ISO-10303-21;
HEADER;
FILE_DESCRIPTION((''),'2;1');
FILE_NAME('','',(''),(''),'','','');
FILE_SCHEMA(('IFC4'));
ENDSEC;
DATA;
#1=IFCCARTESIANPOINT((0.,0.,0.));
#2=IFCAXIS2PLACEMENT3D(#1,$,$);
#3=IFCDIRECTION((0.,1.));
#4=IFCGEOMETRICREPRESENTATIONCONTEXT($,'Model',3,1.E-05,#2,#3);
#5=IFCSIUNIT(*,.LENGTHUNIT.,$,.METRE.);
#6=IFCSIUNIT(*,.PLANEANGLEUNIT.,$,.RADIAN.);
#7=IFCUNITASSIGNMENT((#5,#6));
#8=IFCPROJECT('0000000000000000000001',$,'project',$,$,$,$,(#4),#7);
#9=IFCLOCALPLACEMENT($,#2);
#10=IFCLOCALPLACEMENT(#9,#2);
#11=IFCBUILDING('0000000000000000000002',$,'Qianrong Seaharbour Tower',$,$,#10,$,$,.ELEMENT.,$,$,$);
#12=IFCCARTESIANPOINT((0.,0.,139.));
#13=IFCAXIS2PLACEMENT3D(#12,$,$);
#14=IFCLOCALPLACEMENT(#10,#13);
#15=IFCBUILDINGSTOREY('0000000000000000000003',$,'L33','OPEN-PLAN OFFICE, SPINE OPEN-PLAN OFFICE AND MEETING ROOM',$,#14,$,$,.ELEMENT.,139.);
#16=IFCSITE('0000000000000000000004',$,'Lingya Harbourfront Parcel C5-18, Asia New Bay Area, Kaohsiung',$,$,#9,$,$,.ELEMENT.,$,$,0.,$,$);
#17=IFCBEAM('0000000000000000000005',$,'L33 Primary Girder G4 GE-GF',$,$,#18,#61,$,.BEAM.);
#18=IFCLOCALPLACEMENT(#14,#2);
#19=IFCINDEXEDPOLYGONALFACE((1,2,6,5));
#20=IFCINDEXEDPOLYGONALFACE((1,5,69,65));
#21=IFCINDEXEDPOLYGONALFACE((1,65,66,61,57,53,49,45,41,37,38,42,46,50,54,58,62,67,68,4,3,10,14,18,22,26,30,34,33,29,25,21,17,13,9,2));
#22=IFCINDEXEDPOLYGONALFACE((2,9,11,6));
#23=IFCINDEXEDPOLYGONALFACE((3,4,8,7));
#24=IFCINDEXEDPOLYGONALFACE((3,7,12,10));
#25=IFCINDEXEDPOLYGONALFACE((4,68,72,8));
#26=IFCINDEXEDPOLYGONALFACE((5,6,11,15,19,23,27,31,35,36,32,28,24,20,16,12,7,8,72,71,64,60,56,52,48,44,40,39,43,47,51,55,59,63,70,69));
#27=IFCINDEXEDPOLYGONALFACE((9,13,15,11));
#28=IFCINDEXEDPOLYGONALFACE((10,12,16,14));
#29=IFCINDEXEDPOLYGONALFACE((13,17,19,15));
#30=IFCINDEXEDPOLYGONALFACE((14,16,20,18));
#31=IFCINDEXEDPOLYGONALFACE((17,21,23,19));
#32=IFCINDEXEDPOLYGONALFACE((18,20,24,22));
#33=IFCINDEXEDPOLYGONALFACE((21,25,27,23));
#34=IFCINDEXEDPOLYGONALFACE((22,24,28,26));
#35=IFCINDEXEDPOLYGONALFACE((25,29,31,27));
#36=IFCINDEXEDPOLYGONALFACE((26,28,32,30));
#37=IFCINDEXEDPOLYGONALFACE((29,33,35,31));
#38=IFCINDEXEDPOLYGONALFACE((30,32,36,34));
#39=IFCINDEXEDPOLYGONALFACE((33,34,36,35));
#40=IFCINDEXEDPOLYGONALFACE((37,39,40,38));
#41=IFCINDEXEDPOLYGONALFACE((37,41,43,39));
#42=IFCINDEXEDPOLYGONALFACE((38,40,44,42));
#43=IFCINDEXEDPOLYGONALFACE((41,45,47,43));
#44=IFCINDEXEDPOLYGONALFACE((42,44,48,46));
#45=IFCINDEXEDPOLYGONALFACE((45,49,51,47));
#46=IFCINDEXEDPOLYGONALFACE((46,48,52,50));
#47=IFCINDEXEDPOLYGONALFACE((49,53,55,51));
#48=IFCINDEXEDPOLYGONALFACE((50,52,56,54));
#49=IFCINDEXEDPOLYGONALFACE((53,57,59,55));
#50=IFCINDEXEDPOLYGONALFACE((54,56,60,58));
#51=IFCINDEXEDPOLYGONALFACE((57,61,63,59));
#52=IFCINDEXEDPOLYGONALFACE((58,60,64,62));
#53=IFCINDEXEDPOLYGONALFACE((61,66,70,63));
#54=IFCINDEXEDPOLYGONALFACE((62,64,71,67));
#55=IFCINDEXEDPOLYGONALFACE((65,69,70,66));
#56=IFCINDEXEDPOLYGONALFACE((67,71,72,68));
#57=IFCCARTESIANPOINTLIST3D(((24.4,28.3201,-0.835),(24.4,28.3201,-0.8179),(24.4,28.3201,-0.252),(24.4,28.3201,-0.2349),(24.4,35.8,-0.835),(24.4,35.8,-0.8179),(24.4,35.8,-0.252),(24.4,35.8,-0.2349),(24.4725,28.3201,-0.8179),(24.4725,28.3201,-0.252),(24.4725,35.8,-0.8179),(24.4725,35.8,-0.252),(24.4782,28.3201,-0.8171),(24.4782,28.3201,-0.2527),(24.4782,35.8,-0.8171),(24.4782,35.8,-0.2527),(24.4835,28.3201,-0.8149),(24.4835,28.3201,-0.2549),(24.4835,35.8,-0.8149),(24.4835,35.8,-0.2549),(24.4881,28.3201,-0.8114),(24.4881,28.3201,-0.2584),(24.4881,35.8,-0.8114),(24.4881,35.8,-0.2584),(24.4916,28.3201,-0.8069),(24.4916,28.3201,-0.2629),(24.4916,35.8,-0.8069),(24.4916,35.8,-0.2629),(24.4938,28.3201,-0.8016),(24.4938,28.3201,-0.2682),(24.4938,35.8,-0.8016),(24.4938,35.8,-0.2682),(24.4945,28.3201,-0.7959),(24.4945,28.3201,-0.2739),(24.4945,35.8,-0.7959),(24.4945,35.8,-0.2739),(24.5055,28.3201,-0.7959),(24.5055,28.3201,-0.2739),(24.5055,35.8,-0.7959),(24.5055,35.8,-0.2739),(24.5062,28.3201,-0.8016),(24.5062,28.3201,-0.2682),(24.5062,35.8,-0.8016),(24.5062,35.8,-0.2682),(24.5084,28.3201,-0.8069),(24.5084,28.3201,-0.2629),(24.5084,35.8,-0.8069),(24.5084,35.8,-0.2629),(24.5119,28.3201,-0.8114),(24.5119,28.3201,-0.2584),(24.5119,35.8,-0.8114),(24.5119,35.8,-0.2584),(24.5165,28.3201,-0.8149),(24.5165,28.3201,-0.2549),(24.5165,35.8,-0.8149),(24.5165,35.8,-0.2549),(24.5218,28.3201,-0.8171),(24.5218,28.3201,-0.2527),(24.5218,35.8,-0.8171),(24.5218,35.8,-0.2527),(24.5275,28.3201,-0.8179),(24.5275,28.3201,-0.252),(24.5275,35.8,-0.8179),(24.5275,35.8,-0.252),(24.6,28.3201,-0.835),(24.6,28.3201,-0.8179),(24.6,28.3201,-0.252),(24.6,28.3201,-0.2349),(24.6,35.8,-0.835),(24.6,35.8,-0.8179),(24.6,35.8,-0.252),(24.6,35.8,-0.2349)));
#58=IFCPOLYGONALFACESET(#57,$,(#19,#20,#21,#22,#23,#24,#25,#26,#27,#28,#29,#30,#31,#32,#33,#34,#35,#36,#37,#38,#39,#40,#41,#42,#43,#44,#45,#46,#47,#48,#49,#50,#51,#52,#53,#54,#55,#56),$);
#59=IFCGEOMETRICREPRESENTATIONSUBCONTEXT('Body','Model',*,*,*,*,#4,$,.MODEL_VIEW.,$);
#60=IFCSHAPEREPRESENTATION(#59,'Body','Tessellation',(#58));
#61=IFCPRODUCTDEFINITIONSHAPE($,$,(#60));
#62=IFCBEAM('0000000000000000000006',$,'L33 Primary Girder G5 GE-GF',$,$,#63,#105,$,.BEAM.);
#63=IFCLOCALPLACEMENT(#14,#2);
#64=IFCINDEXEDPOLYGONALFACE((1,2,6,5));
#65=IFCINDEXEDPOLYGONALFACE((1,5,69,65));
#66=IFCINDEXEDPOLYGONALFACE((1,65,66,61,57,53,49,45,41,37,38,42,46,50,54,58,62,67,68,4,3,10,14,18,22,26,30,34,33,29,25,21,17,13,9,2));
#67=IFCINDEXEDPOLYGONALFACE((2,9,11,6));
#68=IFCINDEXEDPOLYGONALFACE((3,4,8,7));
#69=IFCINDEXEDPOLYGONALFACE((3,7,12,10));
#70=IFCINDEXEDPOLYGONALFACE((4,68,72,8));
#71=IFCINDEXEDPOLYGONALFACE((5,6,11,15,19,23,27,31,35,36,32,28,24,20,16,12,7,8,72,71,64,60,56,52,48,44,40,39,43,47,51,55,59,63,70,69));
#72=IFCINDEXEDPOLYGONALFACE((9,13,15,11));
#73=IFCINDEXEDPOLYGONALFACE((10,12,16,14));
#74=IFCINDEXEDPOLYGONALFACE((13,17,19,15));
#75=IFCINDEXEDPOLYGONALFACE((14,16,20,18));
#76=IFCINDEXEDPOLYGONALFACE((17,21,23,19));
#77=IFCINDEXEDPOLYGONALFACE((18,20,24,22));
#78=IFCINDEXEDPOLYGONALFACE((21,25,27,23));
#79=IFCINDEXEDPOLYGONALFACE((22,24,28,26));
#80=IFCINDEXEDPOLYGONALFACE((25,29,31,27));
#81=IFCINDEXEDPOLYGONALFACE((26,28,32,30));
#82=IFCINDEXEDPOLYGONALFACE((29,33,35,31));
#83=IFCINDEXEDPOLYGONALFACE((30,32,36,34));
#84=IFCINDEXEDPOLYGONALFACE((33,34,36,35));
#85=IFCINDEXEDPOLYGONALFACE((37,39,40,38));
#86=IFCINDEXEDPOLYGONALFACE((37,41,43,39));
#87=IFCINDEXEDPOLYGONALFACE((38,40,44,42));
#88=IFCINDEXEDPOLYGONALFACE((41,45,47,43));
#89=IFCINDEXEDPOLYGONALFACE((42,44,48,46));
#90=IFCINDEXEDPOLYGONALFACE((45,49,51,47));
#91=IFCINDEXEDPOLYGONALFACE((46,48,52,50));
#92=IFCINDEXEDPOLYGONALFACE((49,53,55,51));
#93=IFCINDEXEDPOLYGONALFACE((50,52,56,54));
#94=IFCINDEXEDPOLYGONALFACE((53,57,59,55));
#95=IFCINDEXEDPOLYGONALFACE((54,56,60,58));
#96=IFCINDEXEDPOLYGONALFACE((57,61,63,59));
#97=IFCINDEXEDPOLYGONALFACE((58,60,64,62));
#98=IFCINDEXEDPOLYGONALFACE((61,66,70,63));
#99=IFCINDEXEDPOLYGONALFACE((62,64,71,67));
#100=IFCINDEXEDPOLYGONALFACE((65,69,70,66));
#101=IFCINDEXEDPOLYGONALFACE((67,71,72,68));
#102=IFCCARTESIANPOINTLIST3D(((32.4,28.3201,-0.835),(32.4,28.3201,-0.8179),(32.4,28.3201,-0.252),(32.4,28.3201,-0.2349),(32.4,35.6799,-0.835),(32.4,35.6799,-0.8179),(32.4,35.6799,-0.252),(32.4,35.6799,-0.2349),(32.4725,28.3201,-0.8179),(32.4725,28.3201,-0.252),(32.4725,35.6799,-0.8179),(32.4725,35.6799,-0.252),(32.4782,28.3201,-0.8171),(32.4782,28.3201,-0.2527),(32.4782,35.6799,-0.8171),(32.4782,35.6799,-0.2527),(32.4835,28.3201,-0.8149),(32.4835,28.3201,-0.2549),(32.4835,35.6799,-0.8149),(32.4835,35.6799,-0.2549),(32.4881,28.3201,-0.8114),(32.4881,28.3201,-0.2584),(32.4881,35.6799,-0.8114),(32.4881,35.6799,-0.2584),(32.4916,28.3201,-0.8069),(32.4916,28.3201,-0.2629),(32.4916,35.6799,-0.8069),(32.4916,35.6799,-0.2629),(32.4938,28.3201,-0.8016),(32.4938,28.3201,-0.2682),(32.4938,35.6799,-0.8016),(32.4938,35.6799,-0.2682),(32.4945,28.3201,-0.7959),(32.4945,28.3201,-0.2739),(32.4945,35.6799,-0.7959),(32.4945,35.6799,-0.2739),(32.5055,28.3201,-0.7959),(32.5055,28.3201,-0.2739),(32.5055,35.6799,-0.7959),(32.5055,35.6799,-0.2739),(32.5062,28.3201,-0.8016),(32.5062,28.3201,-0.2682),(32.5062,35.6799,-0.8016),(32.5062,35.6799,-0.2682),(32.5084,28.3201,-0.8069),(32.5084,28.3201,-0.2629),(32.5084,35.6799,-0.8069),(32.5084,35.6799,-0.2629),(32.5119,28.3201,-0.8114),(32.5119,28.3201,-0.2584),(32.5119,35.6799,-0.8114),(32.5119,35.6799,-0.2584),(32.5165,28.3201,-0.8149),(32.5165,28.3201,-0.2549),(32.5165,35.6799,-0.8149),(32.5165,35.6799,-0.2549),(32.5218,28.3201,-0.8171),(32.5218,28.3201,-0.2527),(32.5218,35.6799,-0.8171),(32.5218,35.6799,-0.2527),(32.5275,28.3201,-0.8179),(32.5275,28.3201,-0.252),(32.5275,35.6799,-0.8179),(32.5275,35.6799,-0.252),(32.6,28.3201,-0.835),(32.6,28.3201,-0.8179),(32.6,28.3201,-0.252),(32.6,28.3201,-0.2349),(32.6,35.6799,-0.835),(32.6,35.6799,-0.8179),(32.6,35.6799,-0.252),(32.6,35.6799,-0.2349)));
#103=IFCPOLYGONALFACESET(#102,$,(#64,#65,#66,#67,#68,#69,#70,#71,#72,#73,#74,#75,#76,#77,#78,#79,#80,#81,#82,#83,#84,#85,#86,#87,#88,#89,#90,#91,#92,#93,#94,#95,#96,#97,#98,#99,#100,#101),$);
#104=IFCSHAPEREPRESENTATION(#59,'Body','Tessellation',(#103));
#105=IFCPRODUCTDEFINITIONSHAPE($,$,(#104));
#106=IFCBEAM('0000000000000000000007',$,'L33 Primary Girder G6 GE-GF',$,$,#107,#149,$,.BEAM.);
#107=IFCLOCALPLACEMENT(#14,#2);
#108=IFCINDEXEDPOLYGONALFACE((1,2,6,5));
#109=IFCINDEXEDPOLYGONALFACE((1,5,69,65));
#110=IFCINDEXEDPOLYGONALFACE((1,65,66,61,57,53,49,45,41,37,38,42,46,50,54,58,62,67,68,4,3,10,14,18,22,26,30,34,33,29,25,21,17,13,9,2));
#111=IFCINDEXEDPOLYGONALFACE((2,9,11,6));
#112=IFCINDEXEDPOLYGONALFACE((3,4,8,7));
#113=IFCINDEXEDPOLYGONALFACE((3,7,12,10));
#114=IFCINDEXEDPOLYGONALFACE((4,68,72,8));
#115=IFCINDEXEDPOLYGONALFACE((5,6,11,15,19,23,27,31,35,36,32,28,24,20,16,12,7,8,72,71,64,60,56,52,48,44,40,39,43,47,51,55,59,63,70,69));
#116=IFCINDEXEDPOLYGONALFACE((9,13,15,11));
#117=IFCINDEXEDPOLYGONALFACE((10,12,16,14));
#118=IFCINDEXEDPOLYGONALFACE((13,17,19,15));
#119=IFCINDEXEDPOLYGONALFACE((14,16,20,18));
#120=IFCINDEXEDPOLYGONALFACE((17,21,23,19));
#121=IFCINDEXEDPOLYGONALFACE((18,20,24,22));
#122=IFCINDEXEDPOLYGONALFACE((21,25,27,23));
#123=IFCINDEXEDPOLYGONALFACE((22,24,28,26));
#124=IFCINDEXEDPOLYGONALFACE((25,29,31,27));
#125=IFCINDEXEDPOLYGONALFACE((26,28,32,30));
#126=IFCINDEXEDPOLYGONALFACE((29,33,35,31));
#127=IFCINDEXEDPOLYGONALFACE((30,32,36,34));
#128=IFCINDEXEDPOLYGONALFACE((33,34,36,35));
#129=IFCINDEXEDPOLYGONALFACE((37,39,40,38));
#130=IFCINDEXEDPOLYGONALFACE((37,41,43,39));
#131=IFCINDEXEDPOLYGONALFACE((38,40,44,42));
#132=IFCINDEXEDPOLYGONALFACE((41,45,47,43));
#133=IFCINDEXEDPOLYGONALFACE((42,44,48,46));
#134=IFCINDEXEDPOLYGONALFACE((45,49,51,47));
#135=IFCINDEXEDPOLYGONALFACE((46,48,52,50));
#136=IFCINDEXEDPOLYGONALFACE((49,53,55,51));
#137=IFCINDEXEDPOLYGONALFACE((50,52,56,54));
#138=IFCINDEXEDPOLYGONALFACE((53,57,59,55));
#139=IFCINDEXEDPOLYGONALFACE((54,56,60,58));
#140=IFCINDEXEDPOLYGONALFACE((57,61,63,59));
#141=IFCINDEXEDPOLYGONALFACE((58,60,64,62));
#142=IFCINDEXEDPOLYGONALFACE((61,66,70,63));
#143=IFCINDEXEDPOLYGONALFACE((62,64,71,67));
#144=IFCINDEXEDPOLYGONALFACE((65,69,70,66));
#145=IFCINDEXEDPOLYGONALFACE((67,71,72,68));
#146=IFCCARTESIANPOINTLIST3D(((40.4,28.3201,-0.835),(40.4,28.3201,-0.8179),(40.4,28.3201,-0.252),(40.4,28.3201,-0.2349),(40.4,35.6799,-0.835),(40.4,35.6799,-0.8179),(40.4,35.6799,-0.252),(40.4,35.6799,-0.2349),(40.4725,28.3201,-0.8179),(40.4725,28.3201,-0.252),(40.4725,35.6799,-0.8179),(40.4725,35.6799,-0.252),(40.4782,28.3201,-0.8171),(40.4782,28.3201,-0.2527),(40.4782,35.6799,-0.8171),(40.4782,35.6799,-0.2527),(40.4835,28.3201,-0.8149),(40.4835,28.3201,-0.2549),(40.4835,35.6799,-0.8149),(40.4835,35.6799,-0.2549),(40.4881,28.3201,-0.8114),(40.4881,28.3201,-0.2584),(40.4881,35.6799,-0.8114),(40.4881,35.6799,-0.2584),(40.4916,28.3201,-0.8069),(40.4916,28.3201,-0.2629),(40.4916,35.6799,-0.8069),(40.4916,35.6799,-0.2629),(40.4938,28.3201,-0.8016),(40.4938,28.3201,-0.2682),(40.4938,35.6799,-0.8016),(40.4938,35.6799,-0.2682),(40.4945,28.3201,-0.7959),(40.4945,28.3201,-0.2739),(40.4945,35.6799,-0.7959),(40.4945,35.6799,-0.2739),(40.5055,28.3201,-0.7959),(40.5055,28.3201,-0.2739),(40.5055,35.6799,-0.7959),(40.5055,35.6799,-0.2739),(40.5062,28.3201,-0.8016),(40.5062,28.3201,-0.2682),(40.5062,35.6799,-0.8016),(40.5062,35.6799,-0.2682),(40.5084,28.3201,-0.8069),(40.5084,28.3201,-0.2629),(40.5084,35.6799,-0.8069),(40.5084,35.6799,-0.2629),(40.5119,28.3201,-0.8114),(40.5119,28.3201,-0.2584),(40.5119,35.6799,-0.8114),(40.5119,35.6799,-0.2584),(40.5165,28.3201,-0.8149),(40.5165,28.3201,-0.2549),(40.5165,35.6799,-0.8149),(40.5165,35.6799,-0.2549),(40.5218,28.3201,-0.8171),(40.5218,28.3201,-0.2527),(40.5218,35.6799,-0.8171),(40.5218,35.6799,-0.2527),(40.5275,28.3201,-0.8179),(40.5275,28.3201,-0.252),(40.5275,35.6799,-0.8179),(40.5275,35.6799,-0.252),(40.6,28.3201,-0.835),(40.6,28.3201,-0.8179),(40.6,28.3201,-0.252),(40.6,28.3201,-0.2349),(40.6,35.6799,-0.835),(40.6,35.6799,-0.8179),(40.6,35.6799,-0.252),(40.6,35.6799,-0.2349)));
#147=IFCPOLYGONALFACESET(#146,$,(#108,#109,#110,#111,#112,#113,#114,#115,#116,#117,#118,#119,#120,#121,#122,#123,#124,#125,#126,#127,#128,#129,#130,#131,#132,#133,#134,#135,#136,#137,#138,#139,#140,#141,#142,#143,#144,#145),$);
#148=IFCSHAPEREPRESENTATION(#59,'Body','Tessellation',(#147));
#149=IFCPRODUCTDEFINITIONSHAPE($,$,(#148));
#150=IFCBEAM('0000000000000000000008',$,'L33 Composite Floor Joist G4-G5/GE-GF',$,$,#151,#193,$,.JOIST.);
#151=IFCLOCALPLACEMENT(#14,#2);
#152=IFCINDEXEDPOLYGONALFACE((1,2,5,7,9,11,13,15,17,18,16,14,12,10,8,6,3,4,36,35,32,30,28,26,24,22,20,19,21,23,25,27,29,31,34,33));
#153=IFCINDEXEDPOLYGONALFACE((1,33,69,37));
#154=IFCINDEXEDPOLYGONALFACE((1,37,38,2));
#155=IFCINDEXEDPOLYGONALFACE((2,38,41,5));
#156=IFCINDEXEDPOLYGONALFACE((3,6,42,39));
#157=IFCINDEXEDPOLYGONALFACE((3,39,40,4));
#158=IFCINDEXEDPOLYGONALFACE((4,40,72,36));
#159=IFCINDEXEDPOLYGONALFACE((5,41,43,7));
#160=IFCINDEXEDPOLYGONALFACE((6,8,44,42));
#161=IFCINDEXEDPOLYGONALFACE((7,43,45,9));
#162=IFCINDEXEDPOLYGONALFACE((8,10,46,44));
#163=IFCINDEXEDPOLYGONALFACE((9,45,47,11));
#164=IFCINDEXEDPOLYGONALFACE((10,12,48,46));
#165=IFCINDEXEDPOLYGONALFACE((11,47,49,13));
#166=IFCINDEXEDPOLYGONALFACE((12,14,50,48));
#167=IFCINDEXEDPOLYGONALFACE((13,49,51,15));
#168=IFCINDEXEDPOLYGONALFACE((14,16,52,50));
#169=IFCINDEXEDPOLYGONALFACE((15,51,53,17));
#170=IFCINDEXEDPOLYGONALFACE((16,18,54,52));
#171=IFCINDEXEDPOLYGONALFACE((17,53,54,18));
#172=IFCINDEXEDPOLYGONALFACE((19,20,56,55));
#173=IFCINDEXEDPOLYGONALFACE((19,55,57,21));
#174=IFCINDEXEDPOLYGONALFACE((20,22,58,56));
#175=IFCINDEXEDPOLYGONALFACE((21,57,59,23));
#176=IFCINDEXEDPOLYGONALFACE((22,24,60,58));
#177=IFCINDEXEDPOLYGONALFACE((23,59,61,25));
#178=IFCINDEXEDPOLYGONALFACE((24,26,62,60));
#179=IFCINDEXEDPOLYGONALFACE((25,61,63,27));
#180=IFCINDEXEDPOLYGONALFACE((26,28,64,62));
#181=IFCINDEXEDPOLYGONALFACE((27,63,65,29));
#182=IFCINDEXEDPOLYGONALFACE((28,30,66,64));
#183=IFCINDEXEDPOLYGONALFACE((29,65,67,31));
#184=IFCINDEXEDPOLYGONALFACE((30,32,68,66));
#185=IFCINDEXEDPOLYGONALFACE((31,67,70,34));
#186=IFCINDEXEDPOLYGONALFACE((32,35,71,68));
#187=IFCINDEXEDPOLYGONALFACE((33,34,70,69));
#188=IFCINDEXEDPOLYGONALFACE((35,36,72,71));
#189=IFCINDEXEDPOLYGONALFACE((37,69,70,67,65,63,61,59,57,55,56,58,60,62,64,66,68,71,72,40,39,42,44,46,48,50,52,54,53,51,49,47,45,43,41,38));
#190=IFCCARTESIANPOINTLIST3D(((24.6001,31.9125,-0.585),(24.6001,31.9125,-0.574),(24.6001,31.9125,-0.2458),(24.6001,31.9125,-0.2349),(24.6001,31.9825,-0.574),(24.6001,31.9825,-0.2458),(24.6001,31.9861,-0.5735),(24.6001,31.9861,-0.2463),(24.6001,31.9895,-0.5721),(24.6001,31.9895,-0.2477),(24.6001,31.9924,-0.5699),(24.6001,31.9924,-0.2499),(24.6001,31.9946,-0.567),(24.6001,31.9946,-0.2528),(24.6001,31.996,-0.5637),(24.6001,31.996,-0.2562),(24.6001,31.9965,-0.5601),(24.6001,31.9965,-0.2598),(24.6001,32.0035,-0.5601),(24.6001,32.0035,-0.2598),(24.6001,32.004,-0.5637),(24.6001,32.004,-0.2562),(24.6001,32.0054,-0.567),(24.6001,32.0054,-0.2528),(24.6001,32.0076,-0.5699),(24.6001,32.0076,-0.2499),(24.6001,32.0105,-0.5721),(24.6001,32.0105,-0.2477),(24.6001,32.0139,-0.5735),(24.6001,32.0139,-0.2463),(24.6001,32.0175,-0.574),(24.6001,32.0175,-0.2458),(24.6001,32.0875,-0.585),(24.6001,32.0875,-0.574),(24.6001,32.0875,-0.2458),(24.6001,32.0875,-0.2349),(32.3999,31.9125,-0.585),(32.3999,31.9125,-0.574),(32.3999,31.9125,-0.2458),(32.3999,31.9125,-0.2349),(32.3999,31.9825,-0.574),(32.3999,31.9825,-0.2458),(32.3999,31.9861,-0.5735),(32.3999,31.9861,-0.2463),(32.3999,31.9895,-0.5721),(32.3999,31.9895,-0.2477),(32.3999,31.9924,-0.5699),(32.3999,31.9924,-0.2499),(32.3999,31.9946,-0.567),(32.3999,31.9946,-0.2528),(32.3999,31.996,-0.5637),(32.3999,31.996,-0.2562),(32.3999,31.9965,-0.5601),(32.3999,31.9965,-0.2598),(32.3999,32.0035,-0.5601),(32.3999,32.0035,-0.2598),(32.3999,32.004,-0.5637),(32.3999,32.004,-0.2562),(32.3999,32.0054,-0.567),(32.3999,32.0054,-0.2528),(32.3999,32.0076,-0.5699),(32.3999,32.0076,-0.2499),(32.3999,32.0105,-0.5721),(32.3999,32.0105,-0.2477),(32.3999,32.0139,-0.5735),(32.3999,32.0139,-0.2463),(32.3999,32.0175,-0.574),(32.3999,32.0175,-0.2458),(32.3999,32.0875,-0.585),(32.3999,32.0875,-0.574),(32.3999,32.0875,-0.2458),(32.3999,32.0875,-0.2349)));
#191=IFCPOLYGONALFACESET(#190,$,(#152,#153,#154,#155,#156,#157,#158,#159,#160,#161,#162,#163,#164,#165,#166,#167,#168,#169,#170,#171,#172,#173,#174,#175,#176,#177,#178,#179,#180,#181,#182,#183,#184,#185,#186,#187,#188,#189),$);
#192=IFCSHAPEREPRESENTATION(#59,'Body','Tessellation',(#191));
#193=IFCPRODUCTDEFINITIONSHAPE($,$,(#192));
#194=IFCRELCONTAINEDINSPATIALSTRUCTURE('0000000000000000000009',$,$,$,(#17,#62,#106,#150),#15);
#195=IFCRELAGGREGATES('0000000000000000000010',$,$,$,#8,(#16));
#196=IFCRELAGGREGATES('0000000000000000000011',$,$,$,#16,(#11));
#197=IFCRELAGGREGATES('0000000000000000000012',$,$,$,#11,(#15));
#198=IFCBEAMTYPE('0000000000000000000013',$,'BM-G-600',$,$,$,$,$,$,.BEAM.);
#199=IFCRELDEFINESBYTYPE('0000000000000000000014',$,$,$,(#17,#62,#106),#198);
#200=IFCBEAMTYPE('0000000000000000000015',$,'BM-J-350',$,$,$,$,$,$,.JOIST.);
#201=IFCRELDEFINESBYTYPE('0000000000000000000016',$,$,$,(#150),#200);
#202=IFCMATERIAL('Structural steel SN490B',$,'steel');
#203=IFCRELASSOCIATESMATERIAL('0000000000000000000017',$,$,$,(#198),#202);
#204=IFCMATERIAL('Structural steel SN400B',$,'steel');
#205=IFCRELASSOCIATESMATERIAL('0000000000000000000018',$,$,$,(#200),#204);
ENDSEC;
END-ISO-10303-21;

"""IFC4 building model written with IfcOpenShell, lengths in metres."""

from ifc_helpers import new_model, si_unit, direction, frame, origin, origin_2d, place, context, subcontext, project, spatial, i_section, extrude, material, material_profile, profile_set, type_object, element, save


model = new_model("IFC4")

# Units and contexts
model_context = context("Model", 3, precision=1e-05, world=origin(), true_north=direction((0.0, 1.0)))
body_context = subcontext(model_context, "Body", "Model", "MODEL_VIEW")
ifc_project = project(units=[si_unit("LENGTHUNIT", "METRE"), si_unit("PLANEANGLEUNIT", "RADIAN")], contexts=[model_context])

# Site, building, storey
site_placement = place(None, origin())
site = spatial("IfcSite", under=ifc_project, at=site_placement, Name="Lingya Harbourfront Parcel C5-18, Asia New Bay Area, Kaohsiung", CompositionType="ELEMENT", RefElevation=0.0)
building_placement = place(site_placement, origin())
building = spatial("IfcBuilding", under=site, at=building_placement, Name="Qianrong Seaharbour Tower", CompositionType="ELEMENT")
storey_placement = place(building_placement, frame((0.0, 0.0, 139.0)))
storey = spatial("IfcBuildingStorey", under=building, at=storey_placement, Name="L33", Description="OPEN-PLAN OFFICE, SPINE OPEN-PLAN OFFICE AND MEETING ROOM", CompositionType="ELEMENT", Elevation=139.0)

# Beams
ifc_material_1 = material(Name="Structural steel SN490B", Category="steel")
ifc_material_profile_1 = material_profile(ifc_material_1, i_section(OverallWidth=0.2, OverallDepth=0.6001, WebThickness=0.011, FlangeThickness=0.0171, FilletRadius=0.022, at=origin_2d()), Name="H600x200x11x17")
ifc_profile_set_1 = profile_set([ifc_material_profile_1], Name="Structural steel SN490B")
beam_type_1 = type_object("IfcBeamType", Name="BM-G-600", PredefinedType="BEAM", material=ifc_profile_set_1)
beam_placement = place(storey_placement, frame((24.5, 28.3201, -0.5349), z_axis=(0.0, 1.0, 0.0), x_axis=(-1.0, 0.0, 0.0)))
element("IfcBeam", 1, at=beam_placement, inside=storey, type_object=beam_type_1, Name="L33 Primary Girder G4 GE-GF", PredefinedType="BEAM", context=body_context, shape_type="SweptSolid", body=[
    extrude(i_section(OverallWidth=0.2, OverallDepth=0.6001, WebThickness=0.011, FlangeThickness=0.0171, FilletRadius=0.022, at=origin_2d()), origin(), (0.0, 0.0, 1.0), 7.48),
])
for number, where, z_axis, x_axis, name in (
    (2, (32.5, 28.3201, -0.5349), (0.0, 1.0, 0.0), (-1.0, 0.0, 0.0), "L33 Primary Girder G5 GE-GF"),
    (3, (40.5, 28.3201, -0.5349), (0.0, 1.0, 0.0), (-1.0, 0.0, 0.0), "L33 Primary Girder G6 GE-GF"),
):
    element("IfcBeam", number, at=place(storey_placement, frame(where, z_axis=z_axis, x_axis=x_axis)), inside=storey, type_object=beam_type_1, Name=name, PredefinedType="BEAM", context=body_context, shape_type="SweptSolid", body=[
        extrude(i_section(OverallWidth=0.2, OverallDepth=0.6001, WebThickness=0.011, FlangeThickness=0.0171, FilletRadius=0.022, at=origin_2d()), origin(), (0.0, 0.0, 1.0), 7.3599),
    ])
ifc_material_2 = material(Name="Structural steel SN400B", Category="steel")
ifc_material_profile_2 = material_profile(ifc_material_2, i_section(OverallWidth=0.175, OverallDepth=0.3501, WebThickness=0.0071, FlangeThickness=0.011, FilletRadius=0.0139, at=origin_2d()), Name="H350x175x7x11")
ifc_profile_set_2 = profile_set([ifc_material_profile_2], Name="Structural steel SN400B")
beam_type_2 = type_object("IfcBeamType", Name="BM-J-350", PredefinedType="JOIST", material=ifc_profile_set_2)
for number, where, z_axis, x_axis, name in (
    (4, (24.6001, 32.0, -0.4099), (1.0, 0.0, 0.0), (0.0, 1.0, 0.0), "L33 Composite Floor Joist G4-G5/GE-GF"),
):
    element("IfcBeam", number, at=place(storey_placement, frame(where, z_axis=z_axis, x_axis=x_axis)), inside=storey, type_object=beam_type_2, Name=name, PredefinedType="JOIST", context=body_context, shape_type="SweptSolid", body=[
        extrude(i_section(OverallWidth=0.175, OverallDepth=0.3501, WebThickness=0.0071, FlangeThickness=0.011, FilletRadius=0.0139, at=origin_2d()), origin(), (0.0, 0.0, 1.0), 7.7998),
    ])

save(model, "model.ifc")
